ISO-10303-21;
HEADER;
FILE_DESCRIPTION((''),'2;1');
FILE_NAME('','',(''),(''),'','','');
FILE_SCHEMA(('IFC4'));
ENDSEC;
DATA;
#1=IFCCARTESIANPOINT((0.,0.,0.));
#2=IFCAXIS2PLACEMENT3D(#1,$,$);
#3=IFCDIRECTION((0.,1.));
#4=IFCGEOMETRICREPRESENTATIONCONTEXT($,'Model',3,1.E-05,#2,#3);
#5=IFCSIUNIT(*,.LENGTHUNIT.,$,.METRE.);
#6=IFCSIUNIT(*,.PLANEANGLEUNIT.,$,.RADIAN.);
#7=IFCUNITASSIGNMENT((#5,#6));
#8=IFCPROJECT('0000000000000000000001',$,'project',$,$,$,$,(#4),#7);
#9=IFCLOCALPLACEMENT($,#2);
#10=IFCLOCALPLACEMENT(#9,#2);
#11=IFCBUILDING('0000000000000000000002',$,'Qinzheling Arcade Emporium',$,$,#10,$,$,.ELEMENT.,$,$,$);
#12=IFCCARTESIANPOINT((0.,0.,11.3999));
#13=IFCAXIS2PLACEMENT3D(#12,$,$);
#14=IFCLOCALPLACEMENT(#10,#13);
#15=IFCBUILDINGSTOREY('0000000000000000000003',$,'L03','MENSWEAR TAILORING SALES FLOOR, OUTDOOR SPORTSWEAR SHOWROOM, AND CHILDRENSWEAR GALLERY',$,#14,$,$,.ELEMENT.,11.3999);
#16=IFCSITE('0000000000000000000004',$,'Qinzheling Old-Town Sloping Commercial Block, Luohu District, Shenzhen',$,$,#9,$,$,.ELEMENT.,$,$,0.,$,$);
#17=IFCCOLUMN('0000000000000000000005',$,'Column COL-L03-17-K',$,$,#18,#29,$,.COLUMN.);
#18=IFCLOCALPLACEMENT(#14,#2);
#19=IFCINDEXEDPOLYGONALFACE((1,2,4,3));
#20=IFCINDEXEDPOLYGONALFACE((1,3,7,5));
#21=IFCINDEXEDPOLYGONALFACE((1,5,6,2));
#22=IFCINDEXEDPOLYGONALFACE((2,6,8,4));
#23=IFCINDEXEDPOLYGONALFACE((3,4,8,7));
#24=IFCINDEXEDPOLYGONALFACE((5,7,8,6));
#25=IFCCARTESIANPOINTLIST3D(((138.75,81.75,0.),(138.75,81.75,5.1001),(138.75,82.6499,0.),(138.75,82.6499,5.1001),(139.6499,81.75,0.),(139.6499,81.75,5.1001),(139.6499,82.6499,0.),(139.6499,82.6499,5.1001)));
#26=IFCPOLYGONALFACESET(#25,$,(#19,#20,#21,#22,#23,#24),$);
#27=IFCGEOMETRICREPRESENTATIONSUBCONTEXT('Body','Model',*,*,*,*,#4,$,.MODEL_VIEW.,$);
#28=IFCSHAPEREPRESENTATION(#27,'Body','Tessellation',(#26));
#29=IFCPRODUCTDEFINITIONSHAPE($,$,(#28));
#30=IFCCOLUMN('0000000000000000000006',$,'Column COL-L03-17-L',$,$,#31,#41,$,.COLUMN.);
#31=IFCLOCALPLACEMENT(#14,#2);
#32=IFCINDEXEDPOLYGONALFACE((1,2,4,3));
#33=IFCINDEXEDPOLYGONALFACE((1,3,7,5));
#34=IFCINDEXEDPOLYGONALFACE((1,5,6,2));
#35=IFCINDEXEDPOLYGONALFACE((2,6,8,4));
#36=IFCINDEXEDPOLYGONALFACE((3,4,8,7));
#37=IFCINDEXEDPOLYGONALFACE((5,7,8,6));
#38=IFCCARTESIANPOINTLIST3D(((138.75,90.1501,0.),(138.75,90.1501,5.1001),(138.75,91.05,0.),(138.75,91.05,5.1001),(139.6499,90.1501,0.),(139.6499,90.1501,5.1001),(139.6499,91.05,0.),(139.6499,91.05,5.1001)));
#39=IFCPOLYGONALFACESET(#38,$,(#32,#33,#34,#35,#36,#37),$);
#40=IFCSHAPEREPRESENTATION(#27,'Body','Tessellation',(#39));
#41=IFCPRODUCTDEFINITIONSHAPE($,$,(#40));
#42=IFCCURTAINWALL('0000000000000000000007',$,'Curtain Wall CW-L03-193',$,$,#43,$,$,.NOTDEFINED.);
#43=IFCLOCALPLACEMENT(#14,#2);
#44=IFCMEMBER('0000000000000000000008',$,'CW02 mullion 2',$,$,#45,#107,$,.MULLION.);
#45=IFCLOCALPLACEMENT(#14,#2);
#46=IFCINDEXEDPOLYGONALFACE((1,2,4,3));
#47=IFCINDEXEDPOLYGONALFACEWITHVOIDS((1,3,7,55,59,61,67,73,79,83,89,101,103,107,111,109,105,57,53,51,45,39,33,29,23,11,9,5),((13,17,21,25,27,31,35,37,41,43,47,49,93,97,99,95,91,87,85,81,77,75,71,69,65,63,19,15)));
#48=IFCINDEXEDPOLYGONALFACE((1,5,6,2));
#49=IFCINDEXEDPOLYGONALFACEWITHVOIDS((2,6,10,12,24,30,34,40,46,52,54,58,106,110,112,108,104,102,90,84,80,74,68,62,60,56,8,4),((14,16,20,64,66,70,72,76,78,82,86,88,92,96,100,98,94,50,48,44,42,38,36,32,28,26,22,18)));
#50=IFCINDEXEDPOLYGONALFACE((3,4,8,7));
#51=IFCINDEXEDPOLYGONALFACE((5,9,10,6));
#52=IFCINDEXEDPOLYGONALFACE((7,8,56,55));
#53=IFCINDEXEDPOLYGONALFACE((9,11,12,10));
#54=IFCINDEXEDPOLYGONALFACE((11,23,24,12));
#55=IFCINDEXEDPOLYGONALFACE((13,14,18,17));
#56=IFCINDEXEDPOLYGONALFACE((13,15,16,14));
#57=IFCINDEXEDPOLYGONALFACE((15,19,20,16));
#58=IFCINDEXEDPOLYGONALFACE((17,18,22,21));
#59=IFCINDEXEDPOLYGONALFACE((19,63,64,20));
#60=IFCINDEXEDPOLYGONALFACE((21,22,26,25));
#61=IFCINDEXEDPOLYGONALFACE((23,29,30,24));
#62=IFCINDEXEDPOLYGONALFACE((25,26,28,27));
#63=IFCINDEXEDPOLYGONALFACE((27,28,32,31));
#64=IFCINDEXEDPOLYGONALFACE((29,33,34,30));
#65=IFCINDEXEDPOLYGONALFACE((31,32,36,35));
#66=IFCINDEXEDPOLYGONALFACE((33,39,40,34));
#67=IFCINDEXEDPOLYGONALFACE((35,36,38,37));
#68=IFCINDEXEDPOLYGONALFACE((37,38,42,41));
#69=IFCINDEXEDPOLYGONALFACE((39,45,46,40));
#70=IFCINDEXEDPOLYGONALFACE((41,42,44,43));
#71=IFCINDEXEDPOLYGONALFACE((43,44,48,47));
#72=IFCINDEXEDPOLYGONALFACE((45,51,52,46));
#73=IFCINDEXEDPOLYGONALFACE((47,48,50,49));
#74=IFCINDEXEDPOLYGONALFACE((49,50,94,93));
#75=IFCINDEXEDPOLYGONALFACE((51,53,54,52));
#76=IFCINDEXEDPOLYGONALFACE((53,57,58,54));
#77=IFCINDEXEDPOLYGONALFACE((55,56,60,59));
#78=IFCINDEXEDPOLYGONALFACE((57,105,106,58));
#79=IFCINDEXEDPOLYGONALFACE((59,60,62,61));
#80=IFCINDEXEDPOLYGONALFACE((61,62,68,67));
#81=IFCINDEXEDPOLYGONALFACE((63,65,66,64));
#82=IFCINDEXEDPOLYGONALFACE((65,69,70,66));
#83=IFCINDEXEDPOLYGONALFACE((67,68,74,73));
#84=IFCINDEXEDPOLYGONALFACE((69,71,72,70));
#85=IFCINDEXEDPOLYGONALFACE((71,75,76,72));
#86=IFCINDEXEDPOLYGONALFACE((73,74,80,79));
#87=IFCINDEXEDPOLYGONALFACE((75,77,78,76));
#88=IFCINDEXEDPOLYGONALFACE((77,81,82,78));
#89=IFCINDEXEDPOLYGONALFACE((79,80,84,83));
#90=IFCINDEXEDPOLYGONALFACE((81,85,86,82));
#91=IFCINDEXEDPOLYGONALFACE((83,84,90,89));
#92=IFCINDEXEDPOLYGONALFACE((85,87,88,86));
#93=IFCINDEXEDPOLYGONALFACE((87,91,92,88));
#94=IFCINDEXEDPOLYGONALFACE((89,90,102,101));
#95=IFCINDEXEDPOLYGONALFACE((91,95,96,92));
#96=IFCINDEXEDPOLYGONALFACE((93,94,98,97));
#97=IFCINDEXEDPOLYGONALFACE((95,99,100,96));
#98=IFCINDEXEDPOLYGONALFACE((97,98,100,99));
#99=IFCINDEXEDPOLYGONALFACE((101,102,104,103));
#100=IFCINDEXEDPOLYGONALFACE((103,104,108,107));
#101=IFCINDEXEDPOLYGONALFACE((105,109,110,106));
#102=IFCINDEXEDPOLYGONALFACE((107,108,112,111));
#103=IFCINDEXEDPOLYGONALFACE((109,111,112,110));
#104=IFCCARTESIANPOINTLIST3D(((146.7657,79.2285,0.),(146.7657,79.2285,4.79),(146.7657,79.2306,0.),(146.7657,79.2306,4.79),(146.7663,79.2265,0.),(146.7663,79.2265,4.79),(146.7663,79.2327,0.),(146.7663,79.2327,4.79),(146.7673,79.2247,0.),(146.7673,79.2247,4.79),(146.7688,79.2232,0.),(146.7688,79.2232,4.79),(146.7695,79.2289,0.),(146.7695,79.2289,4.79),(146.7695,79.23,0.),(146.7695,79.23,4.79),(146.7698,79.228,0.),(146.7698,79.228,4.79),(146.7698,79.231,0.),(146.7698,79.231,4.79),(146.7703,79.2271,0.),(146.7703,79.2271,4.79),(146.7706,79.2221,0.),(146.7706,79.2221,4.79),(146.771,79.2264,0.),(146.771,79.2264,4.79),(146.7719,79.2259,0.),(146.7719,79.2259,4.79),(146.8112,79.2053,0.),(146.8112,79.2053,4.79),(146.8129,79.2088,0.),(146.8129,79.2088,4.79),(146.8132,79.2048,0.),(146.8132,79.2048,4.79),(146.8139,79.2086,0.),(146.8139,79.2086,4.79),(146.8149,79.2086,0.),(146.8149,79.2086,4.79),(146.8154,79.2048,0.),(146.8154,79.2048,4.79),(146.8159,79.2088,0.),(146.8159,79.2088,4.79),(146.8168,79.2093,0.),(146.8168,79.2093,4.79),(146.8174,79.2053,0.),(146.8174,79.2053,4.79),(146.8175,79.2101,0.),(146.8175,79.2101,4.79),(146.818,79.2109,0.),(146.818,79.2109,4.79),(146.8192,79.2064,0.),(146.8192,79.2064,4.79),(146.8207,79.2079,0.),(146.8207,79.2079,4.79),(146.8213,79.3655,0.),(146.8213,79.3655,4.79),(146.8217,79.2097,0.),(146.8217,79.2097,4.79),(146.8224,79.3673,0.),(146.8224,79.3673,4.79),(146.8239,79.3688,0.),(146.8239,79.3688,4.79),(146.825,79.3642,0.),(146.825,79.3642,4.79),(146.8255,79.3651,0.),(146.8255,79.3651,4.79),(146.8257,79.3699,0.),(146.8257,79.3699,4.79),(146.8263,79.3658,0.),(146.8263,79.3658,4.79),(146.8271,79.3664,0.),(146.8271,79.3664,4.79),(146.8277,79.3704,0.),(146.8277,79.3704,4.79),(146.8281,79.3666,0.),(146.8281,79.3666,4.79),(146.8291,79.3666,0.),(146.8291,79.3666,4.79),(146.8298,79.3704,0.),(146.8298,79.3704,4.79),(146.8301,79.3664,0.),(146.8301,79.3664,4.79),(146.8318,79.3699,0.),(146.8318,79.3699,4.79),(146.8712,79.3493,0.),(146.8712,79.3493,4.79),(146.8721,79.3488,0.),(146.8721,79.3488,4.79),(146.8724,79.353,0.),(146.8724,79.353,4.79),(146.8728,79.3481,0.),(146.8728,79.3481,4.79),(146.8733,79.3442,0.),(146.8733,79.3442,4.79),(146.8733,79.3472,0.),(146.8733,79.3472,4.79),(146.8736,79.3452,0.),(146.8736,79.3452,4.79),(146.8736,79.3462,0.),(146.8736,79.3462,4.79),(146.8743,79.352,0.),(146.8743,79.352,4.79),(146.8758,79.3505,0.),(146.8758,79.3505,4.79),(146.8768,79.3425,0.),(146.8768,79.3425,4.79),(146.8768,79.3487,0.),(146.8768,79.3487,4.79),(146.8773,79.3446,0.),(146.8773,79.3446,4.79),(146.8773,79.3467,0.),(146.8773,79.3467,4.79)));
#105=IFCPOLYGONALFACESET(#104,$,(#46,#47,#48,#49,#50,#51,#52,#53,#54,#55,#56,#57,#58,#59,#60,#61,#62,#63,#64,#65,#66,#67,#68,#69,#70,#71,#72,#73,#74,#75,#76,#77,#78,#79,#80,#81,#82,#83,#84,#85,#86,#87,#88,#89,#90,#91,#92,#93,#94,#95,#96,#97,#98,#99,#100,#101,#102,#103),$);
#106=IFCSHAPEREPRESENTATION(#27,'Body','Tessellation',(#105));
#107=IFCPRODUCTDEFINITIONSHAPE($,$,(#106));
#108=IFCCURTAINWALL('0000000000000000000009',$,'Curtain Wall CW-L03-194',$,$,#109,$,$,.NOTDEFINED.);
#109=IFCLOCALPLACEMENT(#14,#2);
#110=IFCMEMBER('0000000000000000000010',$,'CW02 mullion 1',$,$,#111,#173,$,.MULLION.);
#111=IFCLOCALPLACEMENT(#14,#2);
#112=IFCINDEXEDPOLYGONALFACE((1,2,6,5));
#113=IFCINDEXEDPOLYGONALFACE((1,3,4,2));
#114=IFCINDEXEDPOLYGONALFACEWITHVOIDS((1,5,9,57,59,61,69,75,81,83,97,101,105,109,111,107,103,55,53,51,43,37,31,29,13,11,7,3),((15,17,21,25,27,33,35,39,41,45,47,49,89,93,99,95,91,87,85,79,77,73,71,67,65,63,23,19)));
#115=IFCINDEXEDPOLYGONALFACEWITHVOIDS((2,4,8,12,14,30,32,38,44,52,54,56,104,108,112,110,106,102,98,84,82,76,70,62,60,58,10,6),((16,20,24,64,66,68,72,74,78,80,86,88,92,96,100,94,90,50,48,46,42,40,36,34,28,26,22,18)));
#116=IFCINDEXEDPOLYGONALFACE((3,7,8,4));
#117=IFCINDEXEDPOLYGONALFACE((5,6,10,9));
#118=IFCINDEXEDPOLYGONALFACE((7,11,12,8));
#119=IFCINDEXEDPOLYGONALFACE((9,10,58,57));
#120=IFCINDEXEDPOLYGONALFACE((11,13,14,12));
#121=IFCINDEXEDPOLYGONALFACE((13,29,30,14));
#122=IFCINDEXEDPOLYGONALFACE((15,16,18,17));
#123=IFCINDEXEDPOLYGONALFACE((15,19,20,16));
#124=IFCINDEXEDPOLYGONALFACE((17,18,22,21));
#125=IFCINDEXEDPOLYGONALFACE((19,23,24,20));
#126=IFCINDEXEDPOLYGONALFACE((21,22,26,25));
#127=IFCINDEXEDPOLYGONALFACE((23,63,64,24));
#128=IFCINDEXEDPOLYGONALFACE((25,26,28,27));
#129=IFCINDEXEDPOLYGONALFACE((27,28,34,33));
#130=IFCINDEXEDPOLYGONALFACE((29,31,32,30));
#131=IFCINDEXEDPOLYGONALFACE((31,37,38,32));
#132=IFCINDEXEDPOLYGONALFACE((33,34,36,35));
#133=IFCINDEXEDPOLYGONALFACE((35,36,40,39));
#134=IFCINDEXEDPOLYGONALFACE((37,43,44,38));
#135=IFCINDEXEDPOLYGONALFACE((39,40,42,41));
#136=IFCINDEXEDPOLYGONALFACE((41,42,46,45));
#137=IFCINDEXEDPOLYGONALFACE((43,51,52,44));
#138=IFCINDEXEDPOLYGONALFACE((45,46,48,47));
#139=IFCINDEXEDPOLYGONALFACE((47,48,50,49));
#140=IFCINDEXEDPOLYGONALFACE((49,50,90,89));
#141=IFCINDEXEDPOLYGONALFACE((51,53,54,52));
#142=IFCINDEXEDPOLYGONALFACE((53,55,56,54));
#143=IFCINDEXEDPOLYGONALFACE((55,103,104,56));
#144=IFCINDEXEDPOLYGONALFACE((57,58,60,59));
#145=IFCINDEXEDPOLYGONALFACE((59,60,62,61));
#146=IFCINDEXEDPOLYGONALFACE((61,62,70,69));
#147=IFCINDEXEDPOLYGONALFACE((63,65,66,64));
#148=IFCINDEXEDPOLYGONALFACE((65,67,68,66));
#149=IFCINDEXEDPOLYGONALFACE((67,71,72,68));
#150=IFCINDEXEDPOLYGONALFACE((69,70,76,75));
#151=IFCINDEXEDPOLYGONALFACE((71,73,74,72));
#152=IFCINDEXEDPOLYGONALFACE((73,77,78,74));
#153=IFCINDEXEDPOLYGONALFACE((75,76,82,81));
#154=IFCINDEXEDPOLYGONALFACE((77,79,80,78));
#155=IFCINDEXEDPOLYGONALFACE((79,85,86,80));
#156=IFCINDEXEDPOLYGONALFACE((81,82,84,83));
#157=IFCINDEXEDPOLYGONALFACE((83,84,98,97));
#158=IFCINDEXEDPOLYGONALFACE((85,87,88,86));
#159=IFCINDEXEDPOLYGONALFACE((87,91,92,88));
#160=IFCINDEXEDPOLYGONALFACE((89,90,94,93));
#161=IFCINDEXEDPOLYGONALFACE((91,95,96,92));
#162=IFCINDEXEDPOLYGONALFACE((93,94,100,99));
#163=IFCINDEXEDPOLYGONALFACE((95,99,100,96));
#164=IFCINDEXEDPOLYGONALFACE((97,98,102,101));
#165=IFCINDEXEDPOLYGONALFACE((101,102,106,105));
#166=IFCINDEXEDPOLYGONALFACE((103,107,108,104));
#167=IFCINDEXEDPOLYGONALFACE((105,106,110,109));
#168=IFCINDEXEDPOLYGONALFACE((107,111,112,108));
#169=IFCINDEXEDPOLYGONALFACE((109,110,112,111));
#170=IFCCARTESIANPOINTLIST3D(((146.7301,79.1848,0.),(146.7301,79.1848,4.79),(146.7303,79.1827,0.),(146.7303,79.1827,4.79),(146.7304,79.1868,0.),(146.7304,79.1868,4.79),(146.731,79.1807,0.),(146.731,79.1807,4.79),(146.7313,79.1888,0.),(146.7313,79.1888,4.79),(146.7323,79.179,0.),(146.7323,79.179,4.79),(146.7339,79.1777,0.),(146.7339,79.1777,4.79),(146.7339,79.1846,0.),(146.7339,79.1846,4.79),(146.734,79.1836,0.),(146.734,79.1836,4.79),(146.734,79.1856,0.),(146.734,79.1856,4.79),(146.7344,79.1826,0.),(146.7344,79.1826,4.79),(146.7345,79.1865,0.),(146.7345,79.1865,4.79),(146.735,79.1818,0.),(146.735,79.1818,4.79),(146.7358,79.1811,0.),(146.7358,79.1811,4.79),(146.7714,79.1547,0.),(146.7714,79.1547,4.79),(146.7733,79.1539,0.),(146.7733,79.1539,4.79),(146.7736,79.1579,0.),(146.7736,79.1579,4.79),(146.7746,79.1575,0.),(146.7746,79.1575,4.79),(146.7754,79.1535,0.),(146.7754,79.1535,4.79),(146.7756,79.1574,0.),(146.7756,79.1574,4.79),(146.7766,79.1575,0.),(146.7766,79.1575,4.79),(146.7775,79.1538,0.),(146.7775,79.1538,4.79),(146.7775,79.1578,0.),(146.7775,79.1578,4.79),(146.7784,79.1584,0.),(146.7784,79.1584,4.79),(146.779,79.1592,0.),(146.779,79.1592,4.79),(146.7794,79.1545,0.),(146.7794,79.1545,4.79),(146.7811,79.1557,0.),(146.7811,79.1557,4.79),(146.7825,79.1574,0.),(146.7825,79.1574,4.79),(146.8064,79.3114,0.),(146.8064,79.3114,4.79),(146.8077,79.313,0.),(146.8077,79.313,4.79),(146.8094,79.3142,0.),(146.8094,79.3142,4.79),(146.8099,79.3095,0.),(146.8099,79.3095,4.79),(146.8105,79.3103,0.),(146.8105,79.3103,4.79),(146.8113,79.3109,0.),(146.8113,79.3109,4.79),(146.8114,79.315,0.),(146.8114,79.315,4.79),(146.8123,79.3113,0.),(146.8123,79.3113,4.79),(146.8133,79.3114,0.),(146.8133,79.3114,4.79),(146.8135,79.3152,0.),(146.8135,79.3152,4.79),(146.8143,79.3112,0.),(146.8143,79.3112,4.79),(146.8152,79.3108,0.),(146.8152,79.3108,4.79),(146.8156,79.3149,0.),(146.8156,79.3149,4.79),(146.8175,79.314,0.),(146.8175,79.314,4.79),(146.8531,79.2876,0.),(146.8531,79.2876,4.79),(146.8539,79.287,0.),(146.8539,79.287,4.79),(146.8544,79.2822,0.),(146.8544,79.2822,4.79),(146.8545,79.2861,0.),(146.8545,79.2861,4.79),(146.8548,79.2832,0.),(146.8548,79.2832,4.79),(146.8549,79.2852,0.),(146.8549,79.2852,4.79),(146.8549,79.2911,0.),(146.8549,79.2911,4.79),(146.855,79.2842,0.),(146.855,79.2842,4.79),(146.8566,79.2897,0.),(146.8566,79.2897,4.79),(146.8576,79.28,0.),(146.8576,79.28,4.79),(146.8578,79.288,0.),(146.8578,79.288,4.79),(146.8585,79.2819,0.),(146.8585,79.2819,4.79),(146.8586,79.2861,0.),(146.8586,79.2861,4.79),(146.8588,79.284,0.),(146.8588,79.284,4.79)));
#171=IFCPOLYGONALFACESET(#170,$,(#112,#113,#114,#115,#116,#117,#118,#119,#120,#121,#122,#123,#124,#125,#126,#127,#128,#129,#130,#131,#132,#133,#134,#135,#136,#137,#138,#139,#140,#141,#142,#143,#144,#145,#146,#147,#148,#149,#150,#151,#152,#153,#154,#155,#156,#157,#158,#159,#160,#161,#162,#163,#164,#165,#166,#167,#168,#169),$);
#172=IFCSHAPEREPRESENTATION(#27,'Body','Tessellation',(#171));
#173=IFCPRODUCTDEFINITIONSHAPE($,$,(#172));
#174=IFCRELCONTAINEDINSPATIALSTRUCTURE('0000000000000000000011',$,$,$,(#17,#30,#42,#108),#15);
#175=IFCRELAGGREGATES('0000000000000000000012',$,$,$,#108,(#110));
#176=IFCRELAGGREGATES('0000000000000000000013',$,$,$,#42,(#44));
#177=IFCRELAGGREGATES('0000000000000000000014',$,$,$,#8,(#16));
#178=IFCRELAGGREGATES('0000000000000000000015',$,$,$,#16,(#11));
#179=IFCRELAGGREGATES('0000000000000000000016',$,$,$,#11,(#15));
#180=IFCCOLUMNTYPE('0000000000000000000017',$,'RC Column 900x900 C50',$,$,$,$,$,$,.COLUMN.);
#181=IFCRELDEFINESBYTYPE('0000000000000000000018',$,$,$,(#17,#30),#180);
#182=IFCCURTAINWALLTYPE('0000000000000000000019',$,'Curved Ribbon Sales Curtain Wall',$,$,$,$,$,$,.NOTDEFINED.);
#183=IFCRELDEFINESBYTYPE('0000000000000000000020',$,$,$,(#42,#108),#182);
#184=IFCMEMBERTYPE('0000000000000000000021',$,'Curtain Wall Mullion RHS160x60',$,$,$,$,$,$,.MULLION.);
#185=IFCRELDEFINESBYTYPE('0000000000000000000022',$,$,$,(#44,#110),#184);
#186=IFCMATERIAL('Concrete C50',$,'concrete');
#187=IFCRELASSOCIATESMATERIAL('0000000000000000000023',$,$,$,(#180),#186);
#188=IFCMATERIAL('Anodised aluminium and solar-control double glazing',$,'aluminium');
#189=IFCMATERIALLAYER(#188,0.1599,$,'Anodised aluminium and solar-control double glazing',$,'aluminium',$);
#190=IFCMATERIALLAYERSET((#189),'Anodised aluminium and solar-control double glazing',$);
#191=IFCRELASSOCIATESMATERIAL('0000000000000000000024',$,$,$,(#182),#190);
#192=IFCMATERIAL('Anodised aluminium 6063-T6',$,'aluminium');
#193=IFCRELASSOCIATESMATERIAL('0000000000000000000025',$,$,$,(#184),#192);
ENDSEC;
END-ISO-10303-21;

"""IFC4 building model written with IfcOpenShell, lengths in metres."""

from ifc_helpers import new_model, si_unit, direction, frame, origin, origin_2d, place, context, subcontext, project, spatial, rectangle, hollow_rectangle, extrude, material, layer, layer_set, material_profile, profile_set, type_object, element, aggregate, save


model = new_model("IFC4")

# Units and contexts
model_context = context("Model", 3, precision=1e-05, world=origin(), true_north=direction((0.0, 1.0)))
body_context = subcontext(model_context, "Body", "Model", "MODEL_VIEW")
ifc_project = project(units=[si_unit("LENGTHUNIT", "METRE"), si_unit("PLANEANGLEUNIT", "RADIAN")], contexts=[model_context])

# Site, building, storey
site_placement = place(None, origin())
site = spatial("IfcSite", under=ifc_project, at=site_placement, Name="Qinzheling Old-Town Sloping Commercial Block, Luohu District, Shenzhen", CompositionType="ELEMENT", RefElevation=0.0)
building_placement = place(site_placement, origin())
building = spatial("IfcBuilding", under=site, at=building_placement, Name="Qinzheling Arcade Emporium", CompositionType="ELEMENT")
storey_placement = place(building_placement, frame((0.0, 0.0, 11.3999)))
storey = spatial("IfcBuildingStorey", under=building, at=storey_placement, Name="L03", Description="MENSWEAR TAILORING SALES FLOOR, OUTDOOR SPORTSWEAR SHOWROOM, AND CHILDRENSWEAR GALLERY", CompositionType="ELEMENT", Elevation=11.3999)

# Columns
ifc_material_1 = material(Name="Concrete C50", Category="concrete")
ifc_material_profile_1 = material_profile(ifc_material_1, rectangle(XDim=0.8999, YDim=0.8999, at=origin_2d()), Name="RC 900x900", Category="concrete")
ifc_profile_set_1 = profile_set([ifc_material_profile_1], Name="Concrete C50")
column_type = type_object("IfcColumnType", Name="RC Column 900x900 C50", PredefinedType="COLUMN", material=ifc_profile_set_1)
for number, where, z_axis, x_axis, name in (
    (1, (139.2, 82.2, 0.0), (0.0, 0.0, 1.0), (1.0, 0.0, 0.0), "Column COL-L03-17-K"),
    (2, (139.2, 90.6001, 0.0), (0.0, 0.0, 1.0), (1.0, 0.0, 0.0), "Column COL-L03-17-L"),
):
    element("IfcColumn", number, at=place(storey_placement, frame(where, z_axis=z_axis, x_axis=x_axis)), inside=storey, type_object=column_type, Name=name, PredefinedType="COLUMN", context=body_context, shape_type="SweptSolid", body=[
        extrude(rectangle(XDim=0.8999, YDim=0.8999, at=origin_2d()), origin(), (0.0, 0.0, 1.0), 5.1001),
    ])

# Curtain walls, members
ifc_material_2 = material(Name="Anodised aluminium and solar-control double glazing", Category="aluminium")
ifc_layer_1 = layer(ifc_material_2, 0.1599, Name="Anodised aluminium and solar-control double glazing", Category="aluminium")
ifc_layer_set_1 = layer_set([ifc_layer_1], Name="Anodised aluminium and solar-control double glazing")
curtain_wall_type = type_object("IfcCurtainWallType", Name="Curved Ribbon Sales Curtain Wall", PredefinedType="NOTDEFINED", material=ifc_layer_set_1)
curtain_wall_1_placement = place(storey_placement, origin())
curtain_wall_1 = element("IfcCurtainWall", 3, at=curtain_wall_1_placement, inside=storey, type_object=curtain_wall_type, Name="Curtain Wall CW-L03-193", PredefinedType="NOTDEFINED")
ifc_material_3 = material(Name="Anodised aluminium 6063-T6", Category="aluminium")
ifc_material_profile_2 = material_profile(ifc_material_3, hollow_rectangle(XDim=0.0601, YDim=0.1599, WallThickness=0.0039, InnerFilletRadius=0.0039, OuterFilletRadius=0.0081, at=origin_2d()), Name="RHS 160x60x4", Category="aluminium")
ifc_profile_set_2 = profile_set([ifc_material_profile_2], Name="Anodised aluminium 6063-T6")
member_type_1 = type_object("IfcMemberType", Name="Curtain Wall Mullion RHS160x60", PredefinedType="MULLION", material=ifc_profile_set_2)
member_1_placement = place(storey_placement, frame((146.8215, 79.2876, 0.0), z_axis=(0.0, 0.0, 1.0), x_axis=(0.923792, -0.382896, 0.0)))
member_1 = element("IfcMember", 4, at=member_1_placement, type_object=member_type_1, Name="CW02 mullion 2", PredefinedType="MULLION", context=body_context, shape_type="SweptSolid", body=[
    extrude(hollow_rectangle(XDim=0.0601, YDim=0.1599, WallThickness=0.0039, InnerFilletRadius=0.0039, OuterFilletRadius=0.0081, at=origin_2d()), origin(), (0.0, 0.0, 1.0), 4.79),
])
curtain_wall_2_placement = place(storey_placement, origin())
curtain_wall_2 = element("IfcCurtainWall", 5, at=curtain_wall_2_placement, inside=storey, type_object=curtain_wall_type, Name="Curtain Wall CW-L03-194", PredefinedType="NOTDEFINED")
member_2_placement = place(storey_placement, frame((146.7944, 79.2344, 0.0), z_axis=(0.0, 0.0, 1.0), x_axis=(0.85262, -0.522532, 0.0)))
member_2 = element("IfcMember", 6, at=member_2_placement, type_object=member_type_1, Name="CW02 mullion 1", PredefinedType="MULLION", context=body_context, shape_type="SweptSolid", body=[
    extrude(hollow_rectangle(XDim=0.0601, YDim=0.1599, WallThickness=0.0039, InnerFilletRadius=0.0039, OuterFilletRadius=0.0081, at=origin_2d()), origin(), (0.0, 0.0, 1.0), 4.79),
])

aggregate(curtain_wall_2, [member_2])

aggregate(curtain_wall_1, [member_1])

save(model, "model.ifc")
